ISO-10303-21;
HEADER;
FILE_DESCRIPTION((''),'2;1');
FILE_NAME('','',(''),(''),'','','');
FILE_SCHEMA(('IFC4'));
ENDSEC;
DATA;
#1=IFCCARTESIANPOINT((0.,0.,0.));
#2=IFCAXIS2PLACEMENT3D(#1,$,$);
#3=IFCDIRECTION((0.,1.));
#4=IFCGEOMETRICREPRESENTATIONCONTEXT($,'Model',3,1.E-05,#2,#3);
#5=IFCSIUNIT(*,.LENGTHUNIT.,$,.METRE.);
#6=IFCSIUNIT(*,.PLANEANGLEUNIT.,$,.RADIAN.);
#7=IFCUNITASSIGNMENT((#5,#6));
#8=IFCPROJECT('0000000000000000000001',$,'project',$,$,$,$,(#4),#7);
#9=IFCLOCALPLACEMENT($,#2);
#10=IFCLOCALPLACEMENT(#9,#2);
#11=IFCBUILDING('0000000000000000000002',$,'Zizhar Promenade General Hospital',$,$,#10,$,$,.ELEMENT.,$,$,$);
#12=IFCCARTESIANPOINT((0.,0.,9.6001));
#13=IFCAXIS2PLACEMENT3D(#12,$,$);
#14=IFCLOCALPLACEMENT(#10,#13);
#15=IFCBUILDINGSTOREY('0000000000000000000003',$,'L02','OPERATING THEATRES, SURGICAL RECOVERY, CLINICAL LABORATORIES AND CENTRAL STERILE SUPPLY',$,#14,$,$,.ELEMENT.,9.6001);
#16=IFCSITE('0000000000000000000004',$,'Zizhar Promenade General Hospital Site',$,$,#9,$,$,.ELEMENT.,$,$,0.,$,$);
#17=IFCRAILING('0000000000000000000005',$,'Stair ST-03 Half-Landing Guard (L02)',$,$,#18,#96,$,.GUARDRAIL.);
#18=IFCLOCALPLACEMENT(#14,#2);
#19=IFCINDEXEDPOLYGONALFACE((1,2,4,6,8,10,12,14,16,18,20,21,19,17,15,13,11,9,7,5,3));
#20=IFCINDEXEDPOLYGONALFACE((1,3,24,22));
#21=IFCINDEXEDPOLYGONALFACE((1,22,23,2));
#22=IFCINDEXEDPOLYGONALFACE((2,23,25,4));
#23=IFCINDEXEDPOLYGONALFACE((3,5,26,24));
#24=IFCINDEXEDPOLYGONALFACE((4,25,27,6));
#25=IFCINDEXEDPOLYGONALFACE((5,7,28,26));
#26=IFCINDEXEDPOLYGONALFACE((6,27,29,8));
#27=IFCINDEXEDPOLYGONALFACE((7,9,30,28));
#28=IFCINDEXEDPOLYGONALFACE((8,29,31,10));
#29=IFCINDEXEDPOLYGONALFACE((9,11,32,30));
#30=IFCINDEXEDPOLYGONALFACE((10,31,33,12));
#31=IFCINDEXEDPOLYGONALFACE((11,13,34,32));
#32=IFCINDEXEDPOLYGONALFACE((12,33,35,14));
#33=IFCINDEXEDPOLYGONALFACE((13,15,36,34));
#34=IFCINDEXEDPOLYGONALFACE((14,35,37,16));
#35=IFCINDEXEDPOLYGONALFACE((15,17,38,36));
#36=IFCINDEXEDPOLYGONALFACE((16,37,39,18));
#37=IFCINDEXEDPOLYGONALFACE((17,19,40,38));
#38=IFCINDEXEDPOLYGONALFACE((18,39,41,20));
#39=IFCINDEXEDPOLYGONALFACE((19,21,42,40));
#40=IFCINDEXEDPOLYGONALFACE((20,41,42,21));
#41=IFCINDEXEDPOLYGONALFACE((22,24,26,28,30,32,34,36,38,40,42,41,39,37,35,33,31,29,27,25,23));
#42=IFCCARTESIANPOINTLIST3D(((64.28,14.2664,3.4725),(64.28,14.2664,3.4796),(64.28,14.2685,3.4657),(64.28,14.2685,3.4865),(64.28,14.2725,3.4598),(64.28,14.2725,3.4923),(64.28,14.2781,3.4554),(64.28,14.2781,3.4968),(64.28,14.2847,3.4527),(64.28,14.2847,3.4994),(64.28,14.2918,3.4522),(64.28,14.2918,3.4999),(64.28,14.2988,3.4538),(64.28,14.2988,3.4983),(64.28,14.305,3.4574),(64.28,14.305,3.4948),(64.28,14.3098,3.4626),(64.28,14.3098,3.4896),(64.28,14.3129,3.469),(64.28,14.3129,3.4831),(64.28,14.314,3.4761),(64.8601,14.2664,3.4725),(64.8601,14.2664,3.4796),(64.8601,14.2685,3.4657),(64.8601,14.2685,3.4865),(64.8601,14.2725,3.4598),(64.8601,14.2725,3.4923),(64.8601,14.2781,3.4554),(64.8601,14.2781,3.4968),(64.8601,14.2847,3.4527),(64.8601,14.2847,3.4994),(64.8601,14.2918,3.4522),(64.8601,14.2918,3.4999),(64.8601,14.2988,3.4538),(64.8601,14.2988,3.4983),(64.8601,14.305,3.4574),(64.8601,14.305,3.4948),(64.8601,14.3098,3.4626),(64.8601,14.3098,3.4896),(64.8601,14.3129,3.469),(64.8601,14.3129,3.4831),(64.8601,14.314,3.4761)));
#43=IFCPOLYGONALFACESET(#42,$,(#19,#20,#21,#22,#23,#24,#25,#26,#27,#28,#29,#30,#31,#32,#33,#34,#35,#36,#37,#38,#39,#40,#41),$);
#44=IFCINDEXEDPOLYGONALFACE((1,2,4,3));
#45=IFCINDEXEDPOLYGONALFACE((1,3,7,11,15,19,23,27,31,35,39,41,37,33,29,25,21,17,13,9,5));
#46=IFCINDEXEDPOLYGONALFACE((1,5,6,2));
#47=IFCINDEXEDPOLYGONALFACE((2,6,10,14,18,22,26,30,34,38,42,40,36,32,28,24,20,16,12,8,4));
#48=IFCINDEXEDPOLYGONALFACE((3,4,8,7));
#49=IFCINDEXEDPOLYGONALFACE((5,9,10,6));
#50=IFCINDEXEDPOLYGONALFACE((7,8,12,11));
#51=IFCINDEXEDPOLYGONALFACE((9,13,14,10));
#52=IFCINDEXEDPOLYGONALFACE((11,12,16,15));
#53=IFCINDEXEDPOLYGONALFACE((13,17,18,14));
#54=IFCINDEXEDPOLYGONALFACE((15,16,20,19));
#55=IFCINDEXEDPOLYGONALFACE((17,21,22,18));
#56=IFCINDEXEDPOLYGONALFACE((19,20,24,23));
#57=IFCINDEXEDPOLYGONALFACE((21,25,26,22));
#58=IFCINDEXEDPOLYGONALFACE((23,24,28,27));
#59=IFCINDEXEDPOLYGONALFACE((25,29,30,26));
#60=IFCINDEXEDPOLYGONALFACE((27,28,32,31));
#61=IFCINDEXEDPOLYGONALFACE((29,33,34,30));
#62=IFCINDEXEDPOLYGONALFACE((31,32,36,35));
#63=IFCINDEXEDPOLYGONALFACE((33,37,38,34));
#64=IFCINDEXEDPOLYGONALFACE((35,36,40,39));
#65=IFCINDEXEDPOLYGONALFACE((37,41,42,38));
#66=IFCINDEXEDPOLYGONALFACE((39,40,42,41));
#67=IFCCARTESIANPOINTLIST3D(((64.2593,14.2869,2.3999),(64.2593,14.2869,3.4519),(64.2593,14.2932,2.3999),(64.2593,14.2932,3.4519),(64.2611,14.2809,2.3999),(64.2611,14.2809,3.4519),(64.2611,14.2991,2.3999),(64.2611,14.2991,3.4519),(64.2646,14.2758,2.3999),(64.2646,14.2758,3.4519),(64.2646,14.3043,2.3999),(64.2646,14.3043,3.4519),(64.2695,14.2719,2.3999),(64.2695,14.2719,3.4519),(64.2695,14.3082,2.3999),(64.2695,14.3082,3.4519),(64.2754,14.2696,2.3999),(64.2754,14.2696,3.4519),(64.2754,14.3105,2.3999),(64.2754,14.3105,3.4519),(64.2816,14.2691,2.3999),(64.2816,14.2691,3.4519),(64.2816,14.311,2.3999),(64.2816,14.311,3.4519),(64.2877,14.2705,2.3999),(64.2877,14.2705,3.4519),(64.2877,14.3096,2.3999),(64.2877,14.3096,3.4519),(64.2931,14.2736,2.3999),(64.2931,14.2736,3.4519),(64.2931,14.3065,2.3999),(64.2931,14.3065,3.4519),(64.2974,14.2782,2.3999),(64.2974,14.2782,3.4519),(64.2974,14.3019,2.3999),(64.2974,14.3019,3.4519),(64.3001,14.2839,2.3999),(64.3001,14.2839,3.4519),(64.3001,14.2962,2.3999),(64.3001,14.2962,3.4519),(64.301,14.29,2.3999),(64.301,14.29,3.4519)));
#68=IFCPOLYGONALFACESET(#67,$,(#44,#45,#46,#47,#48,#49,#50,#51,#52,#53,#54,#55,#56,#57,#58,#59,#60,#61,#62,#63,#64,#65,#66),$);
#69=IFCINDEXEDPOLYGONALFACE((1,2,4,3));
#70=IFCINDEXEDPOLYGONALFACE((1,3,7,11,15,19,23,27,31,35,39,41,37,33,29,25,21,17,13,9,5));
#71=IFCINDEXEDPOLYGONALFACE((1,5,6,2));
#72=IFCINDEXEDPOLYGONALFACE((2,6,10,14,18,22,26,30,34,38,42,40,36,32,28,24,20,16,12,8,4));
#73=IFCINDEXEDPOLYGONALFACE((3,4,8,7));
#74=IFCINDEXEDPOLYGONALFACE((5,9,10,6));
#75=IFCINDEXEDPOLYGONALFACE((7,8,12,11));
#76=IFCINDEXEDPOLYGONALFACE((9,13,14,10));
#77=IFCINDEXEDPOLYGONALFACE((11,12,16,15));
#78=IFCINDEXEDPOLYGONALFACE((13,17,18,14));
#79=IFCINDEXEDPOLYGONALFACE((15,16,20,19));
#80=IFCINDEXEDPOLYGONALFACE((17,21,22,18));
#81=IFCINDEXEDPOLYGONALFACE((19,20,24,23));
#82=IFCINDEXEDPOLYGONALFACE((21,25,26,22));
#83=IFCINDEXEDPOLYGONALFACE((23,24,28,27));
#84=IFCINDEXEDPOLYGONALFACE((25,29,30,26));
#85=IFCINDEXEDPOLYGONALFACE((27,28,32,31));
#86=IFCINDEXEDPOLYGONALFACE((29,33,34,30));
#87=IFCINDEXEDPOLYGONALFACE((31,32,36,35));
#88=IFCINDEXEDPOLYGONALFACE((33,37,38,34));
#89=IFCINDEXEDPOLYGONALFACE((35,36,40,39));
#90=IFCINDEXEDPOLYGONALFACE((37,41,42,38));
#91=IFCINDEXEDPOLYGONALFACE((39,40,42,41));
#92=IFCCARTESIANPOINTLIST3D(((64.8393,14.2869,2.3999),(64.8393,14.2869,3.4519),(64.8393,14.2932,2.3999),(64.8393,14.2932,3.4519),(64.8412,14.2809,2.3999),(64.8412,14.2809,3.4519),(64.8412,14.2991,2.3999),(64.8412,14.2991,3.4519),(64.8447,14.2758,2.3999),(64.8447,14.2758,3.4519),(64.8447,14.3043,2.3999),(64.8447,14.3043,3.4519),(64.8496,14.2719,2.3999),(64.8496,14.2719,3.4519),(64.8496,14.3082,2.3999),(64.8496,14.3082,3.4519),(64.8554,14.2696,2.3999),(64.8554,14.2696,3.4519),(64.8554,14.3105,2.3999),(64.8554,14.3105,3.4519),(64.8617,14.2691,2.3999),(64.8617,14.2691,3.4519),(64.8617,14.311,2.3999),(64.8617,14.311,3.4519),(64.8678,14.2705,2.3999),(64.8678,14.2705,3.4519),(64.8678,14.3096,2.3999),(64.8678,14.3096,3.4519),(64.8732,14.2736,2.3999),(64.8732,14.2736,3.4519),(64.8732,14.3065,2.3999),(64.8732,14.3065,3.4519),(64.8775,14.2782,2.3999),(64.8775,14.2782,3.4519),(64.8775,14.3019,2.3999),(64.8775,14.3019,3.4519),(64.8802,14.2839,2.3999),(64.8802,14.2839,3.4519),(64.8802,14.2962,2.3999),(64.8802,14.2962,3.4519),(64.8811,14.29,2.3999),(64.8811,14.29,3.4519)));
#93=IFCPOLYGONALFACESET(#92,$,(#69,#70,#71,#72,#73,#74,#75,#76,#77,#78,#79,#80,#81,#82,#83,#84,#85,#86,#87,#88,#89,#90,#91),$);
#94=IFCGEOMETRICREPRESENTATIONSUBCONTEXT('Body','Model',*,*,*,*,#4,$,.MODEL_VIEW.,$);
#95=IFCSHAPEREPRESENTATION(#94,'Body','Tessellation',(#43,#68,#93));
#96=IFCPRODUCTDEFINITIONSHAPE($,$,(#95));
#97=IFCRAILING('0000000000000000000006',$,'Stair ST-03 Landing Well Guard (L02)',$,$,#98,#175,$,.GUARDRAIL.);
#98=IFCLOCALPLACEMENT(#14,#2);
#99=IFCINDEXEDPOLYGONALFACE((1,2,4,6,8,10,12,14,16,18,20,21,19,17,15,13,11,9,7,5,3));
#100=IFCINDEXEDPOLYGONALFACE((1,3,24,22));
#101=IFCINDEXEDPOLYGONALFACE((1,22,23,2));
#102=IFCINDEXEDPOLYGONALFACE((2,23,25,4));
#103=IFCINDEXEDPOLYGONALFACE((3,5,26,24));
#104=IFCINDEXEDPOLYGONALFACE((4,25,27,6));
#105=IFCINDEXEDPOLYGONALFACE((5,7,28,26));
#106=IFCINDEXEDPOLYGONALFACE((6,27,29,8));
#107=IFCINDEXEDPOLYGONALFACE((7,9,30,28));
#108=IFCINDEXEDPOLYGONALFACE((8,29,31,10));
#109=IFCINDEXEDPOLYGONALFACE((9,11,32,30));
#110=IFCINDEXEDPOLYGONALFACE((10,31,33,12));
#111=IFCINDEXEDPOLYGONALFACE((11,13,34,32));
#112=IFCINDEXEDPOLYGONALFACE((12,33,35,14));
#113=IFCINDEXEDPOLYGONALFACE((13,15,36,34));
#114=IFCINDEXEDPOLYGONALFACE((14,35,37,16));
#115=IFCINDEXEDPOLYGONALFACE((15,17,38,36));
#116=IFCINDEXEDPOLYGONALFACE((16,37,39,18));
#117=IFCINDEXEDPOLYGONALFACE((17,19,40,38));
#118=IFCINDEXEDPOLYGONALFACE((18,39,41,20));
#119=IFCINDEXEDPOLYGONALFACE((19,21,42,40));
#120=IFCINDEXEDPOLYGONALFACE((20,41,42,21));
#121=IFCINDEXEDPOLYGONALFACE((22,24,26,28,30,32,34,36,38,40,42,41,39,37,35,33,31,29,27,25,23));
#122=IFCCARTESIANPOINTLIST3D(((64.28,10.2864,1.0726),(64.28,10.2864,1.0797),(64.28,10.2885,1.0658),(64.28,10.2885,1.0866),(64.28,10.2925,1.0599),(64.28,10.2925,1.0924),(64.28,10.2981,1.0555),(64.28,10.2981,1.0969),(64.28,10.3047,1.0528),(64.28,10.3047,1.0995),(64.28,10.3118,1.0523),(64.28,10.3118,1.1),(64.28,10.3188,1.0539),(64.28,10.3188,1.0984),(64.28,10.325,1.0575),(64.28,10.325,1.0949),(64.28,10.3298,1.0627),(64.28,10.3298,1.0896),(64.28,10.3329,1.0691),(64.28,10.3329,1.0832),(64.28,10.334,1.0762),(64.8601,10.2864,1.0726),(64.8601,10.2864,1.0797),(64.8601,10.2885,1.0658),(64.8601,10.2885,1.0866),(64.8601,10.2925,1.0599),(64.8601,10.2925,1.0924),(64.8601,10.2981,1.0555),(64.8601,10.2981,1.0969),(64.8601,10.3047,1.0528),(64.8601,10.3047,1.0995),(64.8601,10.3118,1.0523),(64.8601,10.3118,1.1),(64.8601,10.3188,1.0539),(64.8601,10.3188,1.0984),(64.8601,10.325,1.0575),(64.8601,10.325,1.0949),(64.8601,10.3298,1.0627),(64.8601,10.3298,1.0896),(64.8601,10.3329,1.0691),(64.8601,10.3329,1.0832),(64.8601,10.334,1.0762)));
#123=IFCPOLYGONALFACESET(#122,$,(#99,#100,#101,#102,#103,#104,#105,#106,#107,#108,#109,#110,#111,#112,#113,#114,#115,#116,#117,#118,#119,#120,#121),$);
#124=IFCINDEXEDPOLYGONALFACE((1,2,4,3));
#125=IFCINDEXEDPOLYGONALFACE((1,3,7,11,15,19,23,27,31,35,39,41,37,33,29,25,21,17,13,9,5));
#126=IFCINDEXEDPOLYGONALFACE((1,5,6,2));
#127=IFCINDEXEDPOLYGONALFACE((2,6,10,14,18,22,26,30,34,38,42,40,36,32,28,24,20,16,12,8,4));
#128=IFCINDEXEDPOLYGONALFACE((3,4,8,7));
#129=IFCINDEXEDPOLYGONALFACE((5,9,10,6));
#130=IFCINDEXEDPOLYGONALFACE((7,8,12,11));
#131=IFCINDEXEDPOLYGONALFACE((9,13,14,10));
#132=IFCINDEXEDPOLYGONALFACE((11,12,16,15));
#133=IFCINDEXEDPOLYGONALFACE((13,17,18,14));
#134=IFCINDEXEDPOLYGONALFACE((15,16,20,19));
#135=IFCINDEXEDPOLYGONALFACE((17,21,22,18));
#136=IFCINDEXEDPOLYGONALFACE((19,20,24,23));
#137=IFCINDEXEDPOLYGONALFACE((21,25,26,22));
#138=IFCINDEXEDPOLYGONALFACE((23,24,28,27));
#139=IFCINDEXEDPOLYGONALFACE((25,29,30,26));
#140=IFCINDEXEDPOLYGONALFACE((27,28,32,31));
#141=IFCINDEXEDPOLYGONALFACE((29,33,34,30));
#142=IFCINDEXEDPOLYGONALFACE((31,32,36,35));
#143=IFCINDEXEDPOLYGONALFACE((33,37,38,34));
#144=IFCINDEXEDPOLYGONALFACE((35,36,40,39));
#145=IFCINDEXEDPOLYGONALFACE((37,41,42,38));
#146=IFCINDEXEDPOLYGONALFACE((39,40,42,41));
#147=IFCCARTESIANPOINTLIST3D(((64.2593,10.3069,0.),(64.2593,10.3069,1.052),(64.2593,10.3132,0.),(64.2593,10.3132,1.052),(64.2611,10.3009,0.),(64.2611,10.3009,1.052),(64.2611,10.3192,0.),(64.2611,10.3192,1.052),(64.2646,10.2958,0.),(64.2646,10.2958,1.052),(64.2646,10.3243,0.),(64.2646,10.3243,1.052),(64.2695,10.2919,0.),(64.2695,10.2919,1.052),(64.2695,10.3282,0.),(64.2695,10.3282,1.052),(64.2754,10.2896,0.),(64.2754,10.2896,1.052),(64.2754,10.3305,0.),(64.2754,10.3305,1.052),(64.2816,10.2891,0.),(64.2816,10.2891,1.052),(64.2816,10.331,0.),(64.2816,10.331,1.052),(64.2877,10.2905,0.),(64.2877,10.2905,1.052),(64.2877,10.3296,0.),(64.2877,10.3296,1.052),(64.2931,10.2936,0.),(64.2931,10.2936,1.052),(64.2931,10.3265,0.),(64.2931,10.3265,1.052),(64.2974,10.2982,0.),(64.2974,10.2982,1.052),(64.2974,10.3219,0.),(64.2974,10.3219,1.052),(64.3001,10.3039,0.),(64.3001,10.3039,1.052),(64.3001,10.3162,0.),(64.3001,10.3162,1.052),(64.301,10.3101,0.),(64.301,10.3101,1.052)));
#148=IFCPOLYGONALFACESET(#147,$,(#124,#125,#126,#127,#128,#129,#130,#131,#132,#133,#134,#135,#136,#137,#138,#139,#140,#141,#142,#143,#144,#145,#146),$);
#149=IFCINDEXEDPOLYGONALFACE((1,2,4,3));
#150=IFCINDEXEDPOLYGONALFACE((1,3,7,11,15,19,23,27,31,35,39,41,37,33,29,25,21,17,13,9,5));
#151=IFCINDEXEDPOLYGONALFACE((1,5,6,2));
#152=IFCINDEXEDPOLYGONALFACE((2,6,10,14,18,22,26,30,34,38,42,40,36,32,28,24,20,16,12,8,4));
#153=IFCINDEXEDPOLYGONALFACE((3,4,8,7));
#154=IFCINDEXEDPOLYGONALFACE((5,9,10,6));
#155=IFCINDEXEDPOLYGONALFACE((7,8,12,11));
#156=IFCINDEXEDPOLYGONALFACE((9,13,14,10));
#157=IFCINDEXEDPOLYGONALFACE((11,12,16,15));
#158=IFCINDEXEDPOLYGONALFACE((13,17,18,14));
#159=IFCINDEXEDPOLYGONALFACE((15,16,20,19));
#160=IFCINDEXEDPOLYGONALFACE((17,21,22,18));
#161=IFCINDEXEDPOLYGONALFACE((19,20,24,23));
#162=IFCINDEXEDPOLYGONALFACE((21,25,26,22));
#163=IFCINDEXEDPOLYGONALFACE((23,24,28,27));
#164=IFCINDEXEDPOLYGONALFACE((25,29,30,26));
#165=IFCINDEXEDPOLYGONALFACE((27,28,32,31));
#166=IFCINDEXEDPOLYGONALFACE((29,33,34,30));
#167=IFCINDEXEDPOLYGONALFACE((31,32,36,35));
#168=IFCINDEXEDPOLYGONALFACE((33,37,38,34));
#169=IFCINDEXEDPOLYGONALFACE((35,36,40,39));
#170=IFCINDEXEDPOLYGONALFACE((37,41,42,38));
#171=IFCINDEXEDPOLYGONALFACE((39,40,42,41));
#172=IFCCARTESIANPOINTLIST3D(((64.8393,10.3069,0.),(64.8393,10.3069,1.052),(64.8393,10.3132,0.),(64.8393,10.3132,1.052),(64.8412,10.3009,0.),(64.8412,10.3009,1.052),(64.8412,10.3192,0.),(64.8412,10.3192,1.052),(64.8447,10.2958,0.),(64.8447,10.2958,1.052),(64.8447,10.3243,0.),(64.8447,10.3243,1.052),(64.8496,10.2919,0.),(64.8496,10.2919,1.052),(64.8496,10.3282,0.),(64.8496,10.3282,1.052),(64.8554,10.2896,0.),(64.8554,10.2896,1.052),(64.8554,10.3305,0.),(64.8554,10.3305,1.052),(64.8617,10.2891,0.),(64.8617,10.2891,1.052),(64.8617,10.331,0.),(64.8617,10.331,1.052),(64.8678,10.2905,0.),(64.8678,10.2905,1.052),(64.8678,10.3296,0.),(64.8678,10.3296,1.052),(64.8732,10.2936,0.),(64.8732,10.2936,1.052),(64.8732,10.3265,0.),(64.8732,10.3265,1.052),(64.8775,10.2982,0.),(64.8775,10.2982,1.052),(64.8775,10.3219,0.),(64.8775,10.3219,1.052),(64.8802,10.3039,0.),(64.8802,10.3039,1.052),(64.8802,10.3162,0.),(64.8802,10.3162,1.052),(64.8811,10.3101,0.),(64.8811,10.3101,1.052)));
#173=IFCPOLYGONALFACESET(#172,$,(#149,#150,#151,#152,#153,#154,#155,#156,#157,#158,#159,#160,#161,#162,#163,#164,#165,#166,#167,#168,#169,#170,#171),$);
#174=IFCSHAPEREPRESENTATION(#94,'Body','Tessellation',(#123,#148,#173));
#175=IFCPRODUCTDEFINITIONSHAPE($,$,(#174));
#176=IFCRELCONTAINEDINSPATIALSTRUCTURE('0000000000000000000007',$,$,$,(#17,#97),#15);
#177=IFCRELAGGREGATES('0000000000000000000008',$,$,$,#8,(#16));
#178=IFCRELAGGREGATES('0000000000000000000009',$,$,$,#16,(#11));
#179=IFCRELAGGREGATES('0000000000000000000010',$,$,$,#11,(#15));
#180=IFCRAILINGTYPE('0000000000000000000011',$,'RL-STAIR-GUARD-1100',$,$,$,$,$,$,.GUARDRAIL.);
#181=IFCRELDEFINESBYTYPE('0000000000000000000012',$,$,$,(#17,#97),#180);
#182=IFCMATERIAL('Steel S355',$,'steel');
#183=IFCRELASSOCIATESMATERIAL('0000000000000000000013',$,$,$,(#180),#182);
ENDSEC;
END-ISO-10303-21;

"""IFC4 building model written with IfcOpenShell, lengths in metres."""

from ifc_helpers import new_model, si_unit, direction, frame, origin, origin_2d, place, context, subcontext, project, spatial, circle, hollow_circle, extrude, material, material_profile, profile_set, type_object, element, save


model = new_model("IFC4")

# Units and contexts
model_context = context("Model", 3, precision=1e-05, world=origin(), true_north=direction((0.0, 1.0)))
body_context = subcontext(model_context, "Body", "Model", "MODEL_VIEW")
ifc_project = project(units=[si_unit("LENGTHUNIT", "METRE"), si_unit("PLANEANGLEUNIT", "RADIAN")], contexts=[model_context])

# Site, building, storey
site_placement = place(None, origin())
site = spatial("IfcSite", under=ifc_project, at=site_placement, Name="Zizhar Promenade General Hospital Site", CompositionType="ELEMENT", RefElevation=0.0)
building_placement = place(site_placement, origin())
building = spatial("IfcBuilding", under=site, at=building_placement, Name="Zizhar Promenade General Hospital", CompositionType="ELEMENT")
storey_placement = place(building_placement, frame((0.0, 0.0, 9.6001)))
storey = spatial("IfcBuildingStorey", under=building, at=storey_placement, Name="L02", Description="OPERATING THEATRES, SURGICAL RECOVERY, CLINICAL LABORATORIES AND CENTRAL STERILE SUPPLY", CompositionType="ELEMENT", Elevation=9.6001)

# Railings
ifc_material_1 = material(Name="Steel S355", Category="steel")
ifc_material_profile_1 = material_profile(ifc_material_1, hollow_circle(Radius=0.0698, WallThickness=0.0063, at=origin_2d()))
ifc_profile_set_1 = profile_set([ifc_material_profile_1], Name="Steel S355")
railing_type_1 = type_object("IfcRailingType", Name="RL-STAIR-GUARD-1100", PredefinedType="GUARDRAIL", material=ifc_profile_set_1)
for number, where, name in (
    (1, (64.28, 14.29, 2.3999), "Stair ST-03 Half-Landing Guard (L02)"),
    (2, (64.28, 10.3101, 0.0), "Stair ST-03 Landing Well Guard (L02)"),
):
    element("IfcRailing", number, at=place(storey_placement, frame(where)), inside=storey, type_object=railing_type_1, Name=name, PredefinedType="GUARDRAIL", context=body_context, shape_type="SweptSolid", body=[
        extrude(circle(Radius=0.0239, at=origin_2d()), frame((0.0, 0.0, 1.0762), z_axis=(1.0, 0.0, 0.0), x_axis=(0.0, 1.0, 0.0)), (0.0, 0.0, 1.0), 0.5801),
        extrude(circle(Radius=0.021, at=origin_2d()), origin(), (0.0, 0.0, 1.0), 1.052),
        extrude(circle(Radius=0.021, at=origin_2d()), frame((0.5801, 0.0, 0.0)), (0.0, 0.0, 1.0), 1.052),
    ])

save(model, "model.ifc")
